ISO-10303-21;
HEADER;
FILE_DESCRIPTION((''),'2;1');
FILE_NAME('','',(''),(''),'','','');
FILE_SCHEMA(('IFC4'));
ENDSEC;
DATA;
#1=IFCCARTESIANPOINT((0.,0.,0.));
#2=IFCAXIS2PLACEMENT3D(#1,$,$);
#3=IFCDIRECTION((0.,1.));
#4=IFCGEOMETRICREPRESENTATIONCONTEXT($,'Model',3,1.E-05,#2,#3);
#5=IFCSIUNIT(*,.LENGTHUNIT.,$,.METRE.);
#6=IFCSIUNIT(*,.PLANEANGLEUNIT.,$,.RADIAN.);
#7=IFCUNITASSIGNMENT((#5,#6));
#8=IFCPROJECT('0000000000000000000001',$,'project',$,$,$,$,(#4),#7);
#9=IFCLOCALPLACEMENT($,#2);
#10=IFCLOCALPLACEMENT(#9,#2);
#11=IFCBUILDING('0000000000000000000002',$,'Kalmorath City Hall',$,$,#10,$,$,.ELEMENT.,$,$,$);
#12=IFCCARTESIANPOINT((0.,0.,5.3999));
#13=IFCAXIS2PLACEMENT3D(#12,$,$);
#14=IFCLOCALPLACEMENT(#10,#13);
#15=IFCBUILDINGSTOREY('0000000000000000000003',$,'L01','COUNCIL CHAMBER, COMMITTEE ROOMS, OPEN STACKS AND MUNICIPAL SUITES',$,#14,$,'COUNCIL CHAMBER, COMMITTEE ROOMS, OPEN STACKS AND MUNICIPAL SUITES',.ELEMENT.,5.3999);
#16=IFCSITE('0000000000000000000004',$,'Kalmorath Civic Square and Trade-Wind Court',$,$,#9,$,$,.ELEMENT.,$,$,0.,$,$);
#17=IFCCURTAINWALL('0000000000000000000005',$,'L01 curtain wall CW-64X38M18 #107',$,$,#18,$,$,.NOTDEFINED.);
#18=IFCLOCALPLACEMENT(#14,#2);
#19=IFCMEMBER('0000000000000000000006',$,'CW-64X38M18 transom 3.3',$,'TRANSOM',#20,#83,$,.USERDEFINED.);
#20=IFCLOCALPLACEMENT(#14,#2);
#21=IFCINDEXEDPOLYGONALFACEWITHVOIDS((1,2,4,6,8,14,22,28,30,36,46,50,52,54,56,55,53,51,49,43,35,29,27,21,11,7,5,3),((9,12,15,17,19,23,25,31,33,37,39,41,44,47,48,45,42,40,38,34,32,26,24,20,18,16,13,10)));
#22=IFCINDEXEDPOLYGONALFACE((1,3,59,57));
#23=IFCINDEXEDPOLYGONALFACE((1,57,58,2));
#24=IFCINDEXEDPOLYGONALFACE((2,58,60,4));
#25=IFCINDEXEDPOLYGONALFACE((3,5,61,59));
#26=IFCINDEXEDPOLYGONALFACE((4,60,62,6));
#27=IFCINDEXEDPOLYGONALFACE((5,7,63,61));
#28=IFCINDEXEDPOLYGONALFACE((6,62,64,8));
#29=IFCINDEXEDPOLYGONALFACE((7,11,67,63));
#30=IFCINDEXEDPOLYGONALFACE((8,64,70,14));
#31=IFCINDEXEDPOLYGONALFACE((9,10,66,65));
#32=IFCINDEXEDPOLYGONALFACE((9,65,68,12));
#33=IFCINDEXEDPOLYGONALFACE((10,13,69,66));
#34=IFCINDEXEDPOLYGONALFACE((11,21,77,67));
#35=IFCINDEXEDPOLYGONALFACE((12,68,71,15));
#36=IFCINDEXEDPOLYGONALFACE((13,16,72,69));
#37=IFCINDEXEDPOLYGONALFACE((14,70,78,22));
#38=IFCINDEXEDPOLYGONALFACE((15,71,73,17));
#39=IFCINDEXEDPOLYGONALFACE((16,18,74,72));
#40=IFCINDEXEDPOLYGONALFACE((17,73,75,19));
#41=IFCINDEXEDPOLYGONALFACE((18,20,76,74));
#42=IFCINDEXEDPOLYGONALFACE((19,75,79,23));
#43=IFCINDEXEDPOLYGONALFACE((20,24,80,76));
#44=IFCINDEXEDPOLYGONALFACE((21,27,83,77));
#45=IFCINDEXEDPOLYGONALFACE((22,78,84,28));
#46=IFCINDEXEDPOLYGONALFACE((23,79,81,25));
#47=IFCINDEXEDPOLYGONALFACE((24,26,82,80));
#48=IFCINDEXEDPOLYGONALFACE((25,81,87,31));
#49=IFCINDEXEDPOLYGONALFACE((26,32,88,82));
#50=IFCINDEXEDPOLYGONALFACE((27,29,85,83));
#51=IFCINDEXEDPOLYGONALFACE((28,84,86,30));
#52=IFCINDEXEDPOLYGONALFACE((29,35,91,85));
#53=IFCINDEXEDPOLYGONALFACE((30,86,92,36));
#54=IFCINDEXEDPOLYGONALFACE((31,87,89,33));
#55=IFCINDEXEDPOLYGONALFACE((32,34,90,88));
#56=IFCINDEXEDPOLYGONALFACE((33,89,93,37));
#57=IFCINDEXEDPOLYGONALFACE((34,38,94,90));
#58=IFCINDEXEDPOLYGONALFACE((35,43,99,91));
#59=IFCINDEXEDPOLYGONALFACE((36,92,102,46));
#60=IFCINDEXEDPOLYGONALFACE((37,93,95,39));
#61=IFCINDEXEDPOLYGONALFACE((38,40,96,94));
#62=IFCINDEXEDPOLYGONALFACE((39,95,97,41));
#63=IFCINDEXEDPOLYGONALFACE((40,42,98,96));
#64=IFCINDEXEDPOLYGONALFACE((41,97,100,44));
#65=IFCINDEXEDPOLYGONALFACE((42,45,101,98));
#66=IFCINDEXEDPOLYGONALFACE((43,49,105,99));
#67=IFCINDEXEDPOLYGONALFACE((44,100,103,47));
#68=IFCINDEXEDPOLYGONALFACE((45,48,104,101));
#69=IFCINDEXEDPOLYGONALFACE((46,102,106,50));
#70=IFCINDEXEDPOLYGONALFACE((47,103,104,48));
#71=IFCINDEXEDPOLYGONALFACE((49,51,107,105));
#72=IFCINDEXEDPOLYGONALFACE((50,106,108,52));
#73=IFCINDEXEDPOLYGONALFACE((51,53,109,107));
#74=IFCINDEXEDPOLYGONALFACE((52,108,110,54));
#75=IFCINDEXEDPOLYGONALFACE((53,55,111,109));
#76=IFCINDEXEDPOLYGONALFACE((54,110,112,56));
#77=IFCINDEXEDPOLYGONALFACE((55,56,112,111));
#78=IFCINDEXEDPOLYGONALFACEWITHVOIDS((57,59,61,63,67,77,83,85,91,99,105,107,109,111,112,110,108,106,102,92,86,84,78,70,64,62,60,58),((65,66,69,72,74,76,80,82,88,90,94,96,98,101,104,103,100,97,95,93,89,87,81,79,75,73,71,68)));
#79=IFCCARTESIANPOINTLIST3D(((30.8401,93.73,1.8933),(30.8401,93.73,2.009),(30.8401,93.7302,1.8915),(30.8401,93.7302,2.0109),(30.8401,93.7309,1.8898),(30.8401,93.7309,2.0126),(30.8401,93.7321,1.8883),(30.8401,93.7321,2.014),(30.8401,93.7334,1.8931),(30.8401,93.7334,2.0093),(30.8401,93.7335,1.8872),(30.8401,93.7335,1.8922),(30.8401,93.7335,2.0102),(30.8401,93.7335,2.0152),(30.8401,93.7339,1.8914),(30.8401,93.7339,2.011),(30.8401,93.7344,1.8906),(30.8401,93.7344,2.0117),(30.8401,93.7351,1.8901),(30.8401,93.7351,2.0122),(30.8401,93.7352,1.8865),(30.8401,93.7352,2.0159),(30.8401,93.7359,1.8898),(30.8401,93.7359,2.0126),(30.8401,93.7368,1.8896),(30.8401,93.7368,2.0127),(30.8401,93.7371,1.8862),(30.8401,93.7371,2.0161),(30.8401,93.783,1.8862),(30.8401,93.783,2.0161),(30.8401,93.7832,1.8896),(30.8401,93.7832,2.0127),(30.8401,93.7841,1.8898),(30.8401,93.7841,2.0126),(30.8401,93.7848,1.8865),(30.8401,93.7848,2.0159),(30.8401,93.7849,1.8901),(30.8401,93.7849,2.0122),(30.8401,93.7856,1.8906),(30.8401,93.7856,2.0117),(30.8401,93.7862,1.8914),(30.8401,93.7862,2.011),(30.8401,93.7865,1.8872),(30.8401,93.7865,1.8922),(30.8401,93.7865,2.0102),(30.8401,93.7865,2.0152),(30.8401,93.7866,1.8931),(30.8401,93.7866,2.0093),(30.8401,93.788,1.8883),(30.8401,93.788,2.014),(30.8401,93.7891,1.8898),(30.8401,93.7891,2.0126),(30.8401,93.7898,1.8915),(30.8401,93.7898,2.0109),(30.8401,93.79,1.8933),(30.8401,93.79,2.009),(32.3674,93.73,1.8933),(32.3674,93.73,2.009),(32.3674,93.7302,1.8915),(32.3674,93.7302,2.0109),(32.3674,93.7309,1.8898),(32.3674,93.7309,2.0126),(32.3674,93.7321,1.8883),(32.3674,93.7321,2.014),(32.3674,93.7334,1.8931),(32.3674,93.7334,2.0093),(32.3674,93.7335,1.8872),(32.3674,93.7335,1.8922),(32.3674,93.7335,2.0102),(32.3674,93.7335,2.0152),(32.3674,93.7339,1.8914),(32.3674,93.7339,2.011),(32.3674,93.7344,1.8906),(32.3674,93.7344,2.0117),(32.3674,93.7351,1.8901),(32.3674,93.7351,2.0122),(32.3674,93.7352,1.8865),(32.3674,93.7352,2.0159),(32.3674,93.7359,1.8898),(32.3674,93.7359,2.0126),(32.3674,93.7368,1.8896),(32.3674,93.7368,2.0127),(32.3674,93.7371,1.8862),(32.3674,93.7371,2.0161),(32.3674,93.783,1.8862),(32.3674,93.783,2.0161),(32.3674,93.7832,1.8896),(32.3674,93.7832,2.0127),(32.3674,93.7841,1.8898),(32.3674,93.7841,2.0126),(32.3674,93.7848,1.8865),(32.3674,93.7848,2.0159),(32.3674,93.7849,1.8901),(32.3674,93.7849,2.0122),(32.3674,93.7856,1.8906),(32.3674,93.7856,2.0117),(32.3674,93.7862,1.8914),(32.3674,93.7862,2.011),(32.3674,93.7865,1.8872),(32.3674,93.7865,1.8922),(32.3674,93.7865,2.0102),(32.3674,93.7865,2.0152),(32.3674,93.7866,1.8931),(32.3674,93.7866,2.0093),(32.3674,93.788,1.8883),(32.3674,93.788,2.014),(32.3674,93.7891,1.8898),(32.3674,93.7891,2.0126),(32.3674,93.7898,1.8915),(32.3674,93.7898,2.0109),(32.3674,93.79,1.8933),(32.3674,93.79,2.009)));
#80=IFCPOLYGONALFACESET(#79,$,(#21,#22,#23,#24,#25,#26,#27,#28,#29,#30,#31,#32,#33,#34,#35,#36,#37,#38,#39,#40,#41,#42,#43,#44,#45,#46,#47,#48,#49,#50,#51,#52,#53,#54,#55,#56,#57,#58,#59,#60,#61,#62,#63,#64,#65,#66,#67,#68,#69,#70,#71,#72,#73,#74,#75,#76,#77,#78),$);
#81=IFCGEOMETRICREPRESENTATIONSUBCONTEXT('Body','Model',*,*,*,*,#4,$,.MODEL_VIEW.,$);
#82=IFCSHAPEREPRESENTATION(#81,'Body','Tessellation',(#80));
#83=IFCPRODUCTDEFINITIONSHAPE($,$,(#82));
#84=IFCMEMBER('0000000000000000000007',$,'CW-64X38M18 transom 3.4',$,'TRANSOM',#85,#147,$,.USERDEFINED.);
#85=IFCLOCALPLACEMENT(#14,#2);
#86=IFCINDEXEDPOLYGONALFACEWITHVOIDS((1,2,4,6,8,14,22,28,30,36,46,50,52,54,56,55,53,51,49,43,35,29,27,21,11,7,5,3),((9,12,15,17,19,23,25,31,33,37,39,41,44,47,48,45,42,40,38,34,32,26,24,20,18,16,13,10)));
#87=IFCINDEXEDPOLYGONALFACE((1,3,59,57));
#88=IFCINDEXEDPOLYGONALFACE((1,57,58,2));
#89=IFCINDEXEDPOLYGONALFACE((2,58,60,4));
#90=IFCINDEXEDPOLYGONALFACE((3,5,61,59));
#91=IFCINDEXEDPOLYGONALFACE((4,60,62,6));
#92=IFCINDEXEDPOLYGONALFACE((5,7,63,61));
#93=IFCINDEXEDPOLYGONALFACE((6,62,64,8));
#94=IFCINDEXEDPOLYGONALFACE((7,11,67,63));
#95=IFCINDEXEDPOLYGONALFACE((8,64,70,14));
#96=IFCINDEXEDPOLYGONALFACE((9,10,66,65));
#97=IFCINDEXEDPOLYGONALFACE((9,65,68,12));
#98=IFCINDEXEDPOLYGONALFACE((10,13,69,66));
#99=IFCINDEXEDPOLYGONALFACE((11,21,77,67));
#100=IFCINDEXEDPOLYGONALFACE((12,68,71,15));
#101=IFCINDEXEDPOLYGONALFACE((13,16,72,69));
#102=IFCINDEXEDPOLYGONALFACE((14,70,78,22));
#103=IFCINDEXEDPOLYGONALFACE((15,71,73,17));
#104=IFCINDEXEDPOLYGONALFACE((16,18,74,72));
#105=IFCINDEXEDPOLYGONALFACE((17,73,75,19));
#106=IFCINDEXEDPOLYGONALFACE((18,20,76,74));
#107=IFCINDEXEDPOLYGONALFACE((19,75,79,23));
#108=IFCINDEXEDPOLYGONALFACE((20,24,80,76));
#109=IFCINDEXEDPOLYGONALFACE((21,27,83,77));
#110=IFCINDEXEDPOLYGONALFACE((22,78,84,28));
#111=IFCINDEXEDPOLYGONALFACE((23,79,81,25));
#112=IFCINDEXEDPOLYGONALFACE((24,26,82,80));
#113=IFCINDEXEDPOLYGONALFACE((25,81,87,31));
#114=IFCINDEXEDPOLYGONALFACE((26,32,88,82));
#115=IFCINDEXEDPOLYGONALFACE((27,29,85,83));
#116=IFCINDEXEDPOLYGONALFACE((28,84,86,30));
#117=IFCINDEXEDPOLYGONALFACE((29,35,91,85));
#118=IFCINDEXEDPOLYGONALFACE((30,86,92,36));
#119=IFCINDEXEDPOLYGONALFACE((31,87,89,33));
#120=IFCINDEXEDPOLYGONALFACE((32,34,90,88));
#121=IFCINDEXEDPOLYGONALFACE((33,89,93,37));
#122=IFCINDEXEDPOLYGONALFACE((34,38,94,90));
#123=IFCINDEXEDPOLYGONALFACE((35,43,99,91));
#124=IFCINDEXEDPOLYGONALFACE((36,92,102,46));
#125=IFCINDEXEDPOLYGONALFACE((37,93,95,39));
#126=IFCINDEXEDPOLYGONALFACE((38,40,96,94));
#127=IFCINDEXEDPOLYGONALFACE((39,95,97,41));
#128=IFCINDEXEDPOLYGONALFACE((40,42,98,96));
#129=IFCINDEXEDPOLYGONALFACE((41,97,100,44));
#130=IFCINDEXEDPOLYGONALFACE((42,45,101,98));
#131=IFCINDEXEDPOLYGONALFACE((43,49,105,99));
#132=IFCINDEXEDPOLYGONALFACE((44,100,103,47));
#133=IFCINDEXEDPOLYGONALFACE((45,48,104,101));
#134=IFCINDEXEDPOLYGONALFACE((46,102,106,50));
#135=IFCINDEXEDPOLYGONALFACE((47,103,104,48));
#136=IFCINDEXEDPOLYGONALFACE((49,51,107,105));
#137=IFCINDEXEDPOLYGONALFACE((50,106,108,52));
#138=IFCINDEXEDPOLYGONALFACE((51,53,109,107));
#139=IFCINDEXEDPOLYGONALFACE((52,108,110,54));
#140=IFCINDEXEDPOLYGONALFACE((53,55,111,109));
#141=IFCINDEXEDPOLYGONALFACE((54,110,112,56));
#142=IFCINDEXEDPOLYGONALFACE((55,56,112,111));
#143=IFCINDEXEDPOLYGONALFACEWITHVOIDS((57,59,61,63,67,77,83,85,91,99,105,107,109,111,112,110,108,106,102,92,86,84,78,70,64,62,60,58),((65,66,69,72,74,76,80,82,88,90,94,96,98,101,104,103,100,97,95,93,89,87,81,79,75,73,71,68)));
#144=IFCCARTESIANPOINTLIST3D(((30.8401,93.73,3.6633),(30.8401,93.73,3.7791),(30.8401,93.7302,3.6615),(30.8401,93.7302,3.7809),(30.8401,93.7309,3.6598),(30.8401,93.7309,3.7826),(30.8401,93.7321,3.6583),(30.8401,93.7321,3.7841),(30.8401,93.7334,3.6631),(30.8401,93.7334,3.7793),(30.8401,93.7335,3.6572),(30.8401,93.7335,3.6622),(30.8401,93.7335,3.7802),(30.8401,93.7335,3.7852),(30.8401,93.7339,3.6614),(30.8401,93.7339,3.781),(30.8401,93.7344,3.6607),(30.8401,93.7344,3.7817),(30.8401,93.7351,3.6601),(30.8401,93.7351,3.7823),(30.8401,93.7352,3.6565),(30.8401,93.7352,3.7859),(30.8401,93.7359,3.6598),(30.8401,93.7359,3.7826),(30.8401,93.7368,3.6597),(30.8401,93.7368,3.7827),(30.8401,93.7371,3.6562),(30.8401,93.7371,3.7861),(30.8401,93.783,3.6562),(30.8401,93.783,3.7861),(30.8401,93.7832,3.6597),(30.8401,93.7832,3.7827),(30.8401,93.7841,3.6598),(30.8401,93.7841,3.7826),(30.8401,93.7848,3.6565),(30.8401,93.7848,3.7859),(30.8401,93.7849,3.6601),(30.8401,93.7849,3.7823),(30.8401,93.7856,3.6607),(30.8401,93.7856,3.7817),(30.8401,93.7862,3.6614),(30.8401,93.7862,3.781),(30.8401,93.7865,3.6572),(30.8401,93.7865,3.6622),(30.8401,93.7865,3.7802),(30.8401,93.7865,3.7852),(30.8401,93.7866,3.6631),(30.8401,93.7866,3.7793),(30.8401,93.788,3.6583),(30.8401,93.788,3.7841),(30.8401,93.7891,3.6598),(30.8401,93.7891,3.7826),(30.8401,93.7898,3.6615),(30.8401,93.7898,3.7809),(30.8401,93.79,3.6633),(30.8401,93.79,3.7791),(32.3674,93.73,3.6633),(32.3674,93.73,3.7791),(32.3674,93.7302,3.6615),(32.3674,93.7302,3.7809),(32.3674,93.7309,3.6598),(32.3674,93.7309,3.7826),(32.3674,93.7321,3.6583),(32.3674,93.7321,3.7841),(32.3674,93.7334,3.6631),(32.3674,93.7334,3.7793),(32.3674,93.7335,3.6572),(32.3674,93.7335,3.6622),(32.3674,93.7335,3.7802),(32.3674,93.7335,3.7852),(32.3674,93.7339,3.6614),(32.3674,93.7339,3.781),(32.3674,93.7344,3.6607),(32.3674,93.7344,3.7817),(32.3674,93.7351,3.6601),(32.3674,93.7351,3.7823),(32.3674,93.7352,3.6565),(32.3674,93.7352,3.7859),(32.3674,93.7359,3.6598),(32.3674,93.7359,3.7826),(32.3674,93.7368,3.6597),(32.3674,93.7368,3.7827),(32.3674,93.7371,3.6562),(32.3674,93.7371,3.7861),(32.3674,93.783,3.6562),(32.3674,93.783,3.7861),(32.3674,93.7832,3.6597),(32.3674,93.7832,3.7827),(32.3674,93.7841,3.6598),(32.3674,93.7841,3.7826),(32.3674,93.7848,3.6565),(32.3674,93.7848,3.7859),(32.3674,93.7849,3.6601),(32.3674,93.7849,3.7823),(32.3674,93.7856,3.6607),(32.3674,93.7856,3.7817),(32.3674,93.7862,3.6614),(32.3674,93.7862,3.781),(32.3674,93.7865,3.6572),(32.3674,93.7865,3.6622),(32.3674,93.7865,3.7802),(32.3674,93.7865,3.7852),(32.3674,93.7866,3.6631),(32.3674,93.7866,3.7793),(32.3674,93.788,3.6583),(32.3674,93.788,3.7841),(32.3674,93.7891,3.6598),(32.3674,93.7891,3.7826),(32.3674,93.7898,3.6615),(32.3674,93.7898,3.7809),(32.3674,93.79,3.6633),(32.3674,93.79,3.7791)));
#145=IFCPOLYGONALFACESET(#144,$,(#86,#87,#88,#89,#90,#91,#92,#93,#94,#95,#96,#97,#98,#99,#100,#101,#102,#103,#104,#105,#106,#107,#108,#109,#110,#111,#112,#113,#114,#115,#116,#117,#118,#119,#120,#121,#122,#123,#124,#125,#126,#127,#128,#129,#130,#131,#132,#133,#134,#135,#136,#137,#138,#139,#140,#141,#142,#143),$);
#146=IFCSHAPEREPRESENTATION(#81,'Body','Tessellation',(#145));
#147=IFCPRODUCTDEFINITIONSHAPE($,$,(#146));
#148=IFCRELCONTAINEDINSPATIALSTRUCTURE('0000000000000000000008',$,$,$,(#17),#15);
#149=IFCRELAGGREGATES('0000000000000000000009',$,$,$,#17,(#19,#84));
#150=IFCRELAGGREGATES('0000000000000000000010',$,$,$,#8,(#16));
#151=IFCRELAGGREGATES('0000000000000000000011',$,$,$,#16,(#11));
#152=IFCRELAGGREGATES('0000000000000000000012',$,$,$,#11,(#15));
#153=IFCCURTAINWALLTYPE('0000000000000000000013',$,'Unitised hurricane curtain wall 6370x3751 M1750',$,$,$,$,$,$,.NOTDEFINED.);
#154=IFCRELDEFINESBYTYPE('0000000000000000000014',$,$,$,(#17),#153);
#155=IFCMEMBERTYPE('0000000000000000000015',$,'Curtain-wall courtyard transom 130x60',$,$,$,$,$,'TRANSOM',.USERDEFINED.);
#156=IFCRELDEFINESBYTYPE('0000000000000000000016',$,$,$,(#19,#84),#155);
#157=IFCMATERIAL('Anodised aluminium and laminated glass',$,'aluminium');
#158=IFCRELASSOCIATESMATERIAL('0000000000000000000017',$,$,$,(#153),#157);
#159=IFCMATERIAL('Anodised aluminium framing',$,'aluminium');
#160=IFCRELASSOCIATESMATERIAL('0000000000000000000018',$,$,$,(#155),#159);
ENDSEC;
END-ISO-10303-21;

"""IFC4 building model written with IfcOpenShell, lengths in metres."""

from ifc_helpers import new_model, si_unit, direction, frame, origin, origin_2d, place, context, subcontext, project, spatial, hollow_rectangle, extrude, material, material_profile, profile_set, type_object, element, aggregate, save


model = new_model("IFC4")

# Units and contexts
model_context = context("Model", 3, precision=1e-05, world=origin(), true_north=direction((0.0, 1.0)))
body_context = subcontext(model_context, "Body", "Model", "MODEL_VIEW")
ifc_project = project(units=[si_unit("LENGTHUNIT", "METRE"), si_unit("PLANEANGLEUNIT", "RADIAN")], contexts=[model_context])

# Site, building, storey
site_placement = place(None, origin())
site = spatial("IfcSite", under=ifc_project, at=site_placement, Name="Kalmorath Civic Square and Trade-Wind Court", CompositionType="ELEMENT", RefElevation=0.0)
building_placement = place(site_placement, origin())
building = spatial("IfcBuilding", under=site, at=building_placement, Name="Kalmorath City Hall", CompositionType="ELEMENT")
storey_placement = place(building_placement, frame((0.0, 0.0, 5.3999)))
storey = spatial("IfcBuildingStorey", under=building, at=storey_placement, Name="L01", Description="COUNCIL CHAMBER, COMMITTEE ROOMS, OPEN STACKS AND MUNICIPAL SUITES", LongName="COUNCIL CHAMBER, COMMITTEE ROOMS, OPEN STACKS AND MUNICIPAL SUITES", CompositionType="ELEMENT", Elevation=5.3999)

# Curtain wall
ifc_material_1 = material(Name="Anodised aluminium and laminated glass", Category="aluminium")
curtain_wall_type_1 = type_object("IfcCurtainWallType", Name="Unitised hurricane curtain wall 6370x3751 M1750", PredefinedType="NOTDEFINED", material=ifc_material_1)
curtain_wall_1_placement = place(storey_placement, origin())
curtain_wall_1 = element("IfcCurtainWall", 1, at=curtain_wall_1_placement, inside=storey, type_object=curtain_wall_type_1, Name="L01 curtain wall CW-64X38M18 #107", PredefinedType="NOTDEFINED")

# Members
ifc_material_2 = material(Name="Anodised aluminium framing", Category="aluminium")
ifc_material_profile_1 = material_profile(ifc_material_2, hollow_rectangle(XDim=0.0601, YDim=0.1299, WallThickness=0.0034, InnerFilletRadius=0.0034, OuterFilletRadius=0.0071, at=origin_2d()), Name="ALU-TRN-130X60X3.5")
ifc_profile_set_1 = profile_set([ifc_material_profile_1], Name="Anodised aluminium framing")
member_type_1 = type_object("IfcMemberType", Name="Curtain-wall courtyard transom 130x60", ElementType="TRANSOM", PredefinedType="USERDEFINED", material=ifc_profile_set_1)
member_1_placement = place(storey_placement, frame((32.3674, 93.76, 1.9512), z_axis=(-1.0, 0.0, 0.0), x_axis=(0.0, -1.0, 0.0)))
member_1 = element("IfcMember", 2, at=member_1_placement, type_object=member_type_1, Name="CW-64X38M18 transom 3.3", ObjectType="TRANSOM", PredefinedType="USERDEFINED", context=body_context, shape_type="SweptSolid", body=[
    extrude(hollow_rectangle(XDim=0.0601, YDim=0.1299, WallThickness=0.0034, InnerFilletRadius=0.0034, OuterFilletRadius=0.0071, at=origin_2d()), origin(), (0.0, 0.0, 1.0), 1.5273),
])
member_2_placement = place(storey_placement, frame((32.3674, 93.76, 3.7212), z_axis=(-1.0, 0.0, 0.0), x_axis=(0.0, -1.0, 0.0)))
member_2 = element("IfcMember", 3, at=member_2_placement, type_object=member_type_1, Name="CW-64X38M18 transom 3.4", ObjectType="TRANSOM", PredefinedType="USERDEFINED", context=body_context, shape_type="SweptSolid", body=[
    extrude(hollow_rectangle(XDim=0.0601, YDim=0.1299, WallThickness=0.0034, InnerFilletRadius=0.0034, OuterFilletRadius=0.0071, at=origin_2d()), origin(), (0.0, 0.0, 1.0), 1.5273),
])

aggregate(curtain_wall_1, [member_1, member_2])

save(model, "model.ifc")
